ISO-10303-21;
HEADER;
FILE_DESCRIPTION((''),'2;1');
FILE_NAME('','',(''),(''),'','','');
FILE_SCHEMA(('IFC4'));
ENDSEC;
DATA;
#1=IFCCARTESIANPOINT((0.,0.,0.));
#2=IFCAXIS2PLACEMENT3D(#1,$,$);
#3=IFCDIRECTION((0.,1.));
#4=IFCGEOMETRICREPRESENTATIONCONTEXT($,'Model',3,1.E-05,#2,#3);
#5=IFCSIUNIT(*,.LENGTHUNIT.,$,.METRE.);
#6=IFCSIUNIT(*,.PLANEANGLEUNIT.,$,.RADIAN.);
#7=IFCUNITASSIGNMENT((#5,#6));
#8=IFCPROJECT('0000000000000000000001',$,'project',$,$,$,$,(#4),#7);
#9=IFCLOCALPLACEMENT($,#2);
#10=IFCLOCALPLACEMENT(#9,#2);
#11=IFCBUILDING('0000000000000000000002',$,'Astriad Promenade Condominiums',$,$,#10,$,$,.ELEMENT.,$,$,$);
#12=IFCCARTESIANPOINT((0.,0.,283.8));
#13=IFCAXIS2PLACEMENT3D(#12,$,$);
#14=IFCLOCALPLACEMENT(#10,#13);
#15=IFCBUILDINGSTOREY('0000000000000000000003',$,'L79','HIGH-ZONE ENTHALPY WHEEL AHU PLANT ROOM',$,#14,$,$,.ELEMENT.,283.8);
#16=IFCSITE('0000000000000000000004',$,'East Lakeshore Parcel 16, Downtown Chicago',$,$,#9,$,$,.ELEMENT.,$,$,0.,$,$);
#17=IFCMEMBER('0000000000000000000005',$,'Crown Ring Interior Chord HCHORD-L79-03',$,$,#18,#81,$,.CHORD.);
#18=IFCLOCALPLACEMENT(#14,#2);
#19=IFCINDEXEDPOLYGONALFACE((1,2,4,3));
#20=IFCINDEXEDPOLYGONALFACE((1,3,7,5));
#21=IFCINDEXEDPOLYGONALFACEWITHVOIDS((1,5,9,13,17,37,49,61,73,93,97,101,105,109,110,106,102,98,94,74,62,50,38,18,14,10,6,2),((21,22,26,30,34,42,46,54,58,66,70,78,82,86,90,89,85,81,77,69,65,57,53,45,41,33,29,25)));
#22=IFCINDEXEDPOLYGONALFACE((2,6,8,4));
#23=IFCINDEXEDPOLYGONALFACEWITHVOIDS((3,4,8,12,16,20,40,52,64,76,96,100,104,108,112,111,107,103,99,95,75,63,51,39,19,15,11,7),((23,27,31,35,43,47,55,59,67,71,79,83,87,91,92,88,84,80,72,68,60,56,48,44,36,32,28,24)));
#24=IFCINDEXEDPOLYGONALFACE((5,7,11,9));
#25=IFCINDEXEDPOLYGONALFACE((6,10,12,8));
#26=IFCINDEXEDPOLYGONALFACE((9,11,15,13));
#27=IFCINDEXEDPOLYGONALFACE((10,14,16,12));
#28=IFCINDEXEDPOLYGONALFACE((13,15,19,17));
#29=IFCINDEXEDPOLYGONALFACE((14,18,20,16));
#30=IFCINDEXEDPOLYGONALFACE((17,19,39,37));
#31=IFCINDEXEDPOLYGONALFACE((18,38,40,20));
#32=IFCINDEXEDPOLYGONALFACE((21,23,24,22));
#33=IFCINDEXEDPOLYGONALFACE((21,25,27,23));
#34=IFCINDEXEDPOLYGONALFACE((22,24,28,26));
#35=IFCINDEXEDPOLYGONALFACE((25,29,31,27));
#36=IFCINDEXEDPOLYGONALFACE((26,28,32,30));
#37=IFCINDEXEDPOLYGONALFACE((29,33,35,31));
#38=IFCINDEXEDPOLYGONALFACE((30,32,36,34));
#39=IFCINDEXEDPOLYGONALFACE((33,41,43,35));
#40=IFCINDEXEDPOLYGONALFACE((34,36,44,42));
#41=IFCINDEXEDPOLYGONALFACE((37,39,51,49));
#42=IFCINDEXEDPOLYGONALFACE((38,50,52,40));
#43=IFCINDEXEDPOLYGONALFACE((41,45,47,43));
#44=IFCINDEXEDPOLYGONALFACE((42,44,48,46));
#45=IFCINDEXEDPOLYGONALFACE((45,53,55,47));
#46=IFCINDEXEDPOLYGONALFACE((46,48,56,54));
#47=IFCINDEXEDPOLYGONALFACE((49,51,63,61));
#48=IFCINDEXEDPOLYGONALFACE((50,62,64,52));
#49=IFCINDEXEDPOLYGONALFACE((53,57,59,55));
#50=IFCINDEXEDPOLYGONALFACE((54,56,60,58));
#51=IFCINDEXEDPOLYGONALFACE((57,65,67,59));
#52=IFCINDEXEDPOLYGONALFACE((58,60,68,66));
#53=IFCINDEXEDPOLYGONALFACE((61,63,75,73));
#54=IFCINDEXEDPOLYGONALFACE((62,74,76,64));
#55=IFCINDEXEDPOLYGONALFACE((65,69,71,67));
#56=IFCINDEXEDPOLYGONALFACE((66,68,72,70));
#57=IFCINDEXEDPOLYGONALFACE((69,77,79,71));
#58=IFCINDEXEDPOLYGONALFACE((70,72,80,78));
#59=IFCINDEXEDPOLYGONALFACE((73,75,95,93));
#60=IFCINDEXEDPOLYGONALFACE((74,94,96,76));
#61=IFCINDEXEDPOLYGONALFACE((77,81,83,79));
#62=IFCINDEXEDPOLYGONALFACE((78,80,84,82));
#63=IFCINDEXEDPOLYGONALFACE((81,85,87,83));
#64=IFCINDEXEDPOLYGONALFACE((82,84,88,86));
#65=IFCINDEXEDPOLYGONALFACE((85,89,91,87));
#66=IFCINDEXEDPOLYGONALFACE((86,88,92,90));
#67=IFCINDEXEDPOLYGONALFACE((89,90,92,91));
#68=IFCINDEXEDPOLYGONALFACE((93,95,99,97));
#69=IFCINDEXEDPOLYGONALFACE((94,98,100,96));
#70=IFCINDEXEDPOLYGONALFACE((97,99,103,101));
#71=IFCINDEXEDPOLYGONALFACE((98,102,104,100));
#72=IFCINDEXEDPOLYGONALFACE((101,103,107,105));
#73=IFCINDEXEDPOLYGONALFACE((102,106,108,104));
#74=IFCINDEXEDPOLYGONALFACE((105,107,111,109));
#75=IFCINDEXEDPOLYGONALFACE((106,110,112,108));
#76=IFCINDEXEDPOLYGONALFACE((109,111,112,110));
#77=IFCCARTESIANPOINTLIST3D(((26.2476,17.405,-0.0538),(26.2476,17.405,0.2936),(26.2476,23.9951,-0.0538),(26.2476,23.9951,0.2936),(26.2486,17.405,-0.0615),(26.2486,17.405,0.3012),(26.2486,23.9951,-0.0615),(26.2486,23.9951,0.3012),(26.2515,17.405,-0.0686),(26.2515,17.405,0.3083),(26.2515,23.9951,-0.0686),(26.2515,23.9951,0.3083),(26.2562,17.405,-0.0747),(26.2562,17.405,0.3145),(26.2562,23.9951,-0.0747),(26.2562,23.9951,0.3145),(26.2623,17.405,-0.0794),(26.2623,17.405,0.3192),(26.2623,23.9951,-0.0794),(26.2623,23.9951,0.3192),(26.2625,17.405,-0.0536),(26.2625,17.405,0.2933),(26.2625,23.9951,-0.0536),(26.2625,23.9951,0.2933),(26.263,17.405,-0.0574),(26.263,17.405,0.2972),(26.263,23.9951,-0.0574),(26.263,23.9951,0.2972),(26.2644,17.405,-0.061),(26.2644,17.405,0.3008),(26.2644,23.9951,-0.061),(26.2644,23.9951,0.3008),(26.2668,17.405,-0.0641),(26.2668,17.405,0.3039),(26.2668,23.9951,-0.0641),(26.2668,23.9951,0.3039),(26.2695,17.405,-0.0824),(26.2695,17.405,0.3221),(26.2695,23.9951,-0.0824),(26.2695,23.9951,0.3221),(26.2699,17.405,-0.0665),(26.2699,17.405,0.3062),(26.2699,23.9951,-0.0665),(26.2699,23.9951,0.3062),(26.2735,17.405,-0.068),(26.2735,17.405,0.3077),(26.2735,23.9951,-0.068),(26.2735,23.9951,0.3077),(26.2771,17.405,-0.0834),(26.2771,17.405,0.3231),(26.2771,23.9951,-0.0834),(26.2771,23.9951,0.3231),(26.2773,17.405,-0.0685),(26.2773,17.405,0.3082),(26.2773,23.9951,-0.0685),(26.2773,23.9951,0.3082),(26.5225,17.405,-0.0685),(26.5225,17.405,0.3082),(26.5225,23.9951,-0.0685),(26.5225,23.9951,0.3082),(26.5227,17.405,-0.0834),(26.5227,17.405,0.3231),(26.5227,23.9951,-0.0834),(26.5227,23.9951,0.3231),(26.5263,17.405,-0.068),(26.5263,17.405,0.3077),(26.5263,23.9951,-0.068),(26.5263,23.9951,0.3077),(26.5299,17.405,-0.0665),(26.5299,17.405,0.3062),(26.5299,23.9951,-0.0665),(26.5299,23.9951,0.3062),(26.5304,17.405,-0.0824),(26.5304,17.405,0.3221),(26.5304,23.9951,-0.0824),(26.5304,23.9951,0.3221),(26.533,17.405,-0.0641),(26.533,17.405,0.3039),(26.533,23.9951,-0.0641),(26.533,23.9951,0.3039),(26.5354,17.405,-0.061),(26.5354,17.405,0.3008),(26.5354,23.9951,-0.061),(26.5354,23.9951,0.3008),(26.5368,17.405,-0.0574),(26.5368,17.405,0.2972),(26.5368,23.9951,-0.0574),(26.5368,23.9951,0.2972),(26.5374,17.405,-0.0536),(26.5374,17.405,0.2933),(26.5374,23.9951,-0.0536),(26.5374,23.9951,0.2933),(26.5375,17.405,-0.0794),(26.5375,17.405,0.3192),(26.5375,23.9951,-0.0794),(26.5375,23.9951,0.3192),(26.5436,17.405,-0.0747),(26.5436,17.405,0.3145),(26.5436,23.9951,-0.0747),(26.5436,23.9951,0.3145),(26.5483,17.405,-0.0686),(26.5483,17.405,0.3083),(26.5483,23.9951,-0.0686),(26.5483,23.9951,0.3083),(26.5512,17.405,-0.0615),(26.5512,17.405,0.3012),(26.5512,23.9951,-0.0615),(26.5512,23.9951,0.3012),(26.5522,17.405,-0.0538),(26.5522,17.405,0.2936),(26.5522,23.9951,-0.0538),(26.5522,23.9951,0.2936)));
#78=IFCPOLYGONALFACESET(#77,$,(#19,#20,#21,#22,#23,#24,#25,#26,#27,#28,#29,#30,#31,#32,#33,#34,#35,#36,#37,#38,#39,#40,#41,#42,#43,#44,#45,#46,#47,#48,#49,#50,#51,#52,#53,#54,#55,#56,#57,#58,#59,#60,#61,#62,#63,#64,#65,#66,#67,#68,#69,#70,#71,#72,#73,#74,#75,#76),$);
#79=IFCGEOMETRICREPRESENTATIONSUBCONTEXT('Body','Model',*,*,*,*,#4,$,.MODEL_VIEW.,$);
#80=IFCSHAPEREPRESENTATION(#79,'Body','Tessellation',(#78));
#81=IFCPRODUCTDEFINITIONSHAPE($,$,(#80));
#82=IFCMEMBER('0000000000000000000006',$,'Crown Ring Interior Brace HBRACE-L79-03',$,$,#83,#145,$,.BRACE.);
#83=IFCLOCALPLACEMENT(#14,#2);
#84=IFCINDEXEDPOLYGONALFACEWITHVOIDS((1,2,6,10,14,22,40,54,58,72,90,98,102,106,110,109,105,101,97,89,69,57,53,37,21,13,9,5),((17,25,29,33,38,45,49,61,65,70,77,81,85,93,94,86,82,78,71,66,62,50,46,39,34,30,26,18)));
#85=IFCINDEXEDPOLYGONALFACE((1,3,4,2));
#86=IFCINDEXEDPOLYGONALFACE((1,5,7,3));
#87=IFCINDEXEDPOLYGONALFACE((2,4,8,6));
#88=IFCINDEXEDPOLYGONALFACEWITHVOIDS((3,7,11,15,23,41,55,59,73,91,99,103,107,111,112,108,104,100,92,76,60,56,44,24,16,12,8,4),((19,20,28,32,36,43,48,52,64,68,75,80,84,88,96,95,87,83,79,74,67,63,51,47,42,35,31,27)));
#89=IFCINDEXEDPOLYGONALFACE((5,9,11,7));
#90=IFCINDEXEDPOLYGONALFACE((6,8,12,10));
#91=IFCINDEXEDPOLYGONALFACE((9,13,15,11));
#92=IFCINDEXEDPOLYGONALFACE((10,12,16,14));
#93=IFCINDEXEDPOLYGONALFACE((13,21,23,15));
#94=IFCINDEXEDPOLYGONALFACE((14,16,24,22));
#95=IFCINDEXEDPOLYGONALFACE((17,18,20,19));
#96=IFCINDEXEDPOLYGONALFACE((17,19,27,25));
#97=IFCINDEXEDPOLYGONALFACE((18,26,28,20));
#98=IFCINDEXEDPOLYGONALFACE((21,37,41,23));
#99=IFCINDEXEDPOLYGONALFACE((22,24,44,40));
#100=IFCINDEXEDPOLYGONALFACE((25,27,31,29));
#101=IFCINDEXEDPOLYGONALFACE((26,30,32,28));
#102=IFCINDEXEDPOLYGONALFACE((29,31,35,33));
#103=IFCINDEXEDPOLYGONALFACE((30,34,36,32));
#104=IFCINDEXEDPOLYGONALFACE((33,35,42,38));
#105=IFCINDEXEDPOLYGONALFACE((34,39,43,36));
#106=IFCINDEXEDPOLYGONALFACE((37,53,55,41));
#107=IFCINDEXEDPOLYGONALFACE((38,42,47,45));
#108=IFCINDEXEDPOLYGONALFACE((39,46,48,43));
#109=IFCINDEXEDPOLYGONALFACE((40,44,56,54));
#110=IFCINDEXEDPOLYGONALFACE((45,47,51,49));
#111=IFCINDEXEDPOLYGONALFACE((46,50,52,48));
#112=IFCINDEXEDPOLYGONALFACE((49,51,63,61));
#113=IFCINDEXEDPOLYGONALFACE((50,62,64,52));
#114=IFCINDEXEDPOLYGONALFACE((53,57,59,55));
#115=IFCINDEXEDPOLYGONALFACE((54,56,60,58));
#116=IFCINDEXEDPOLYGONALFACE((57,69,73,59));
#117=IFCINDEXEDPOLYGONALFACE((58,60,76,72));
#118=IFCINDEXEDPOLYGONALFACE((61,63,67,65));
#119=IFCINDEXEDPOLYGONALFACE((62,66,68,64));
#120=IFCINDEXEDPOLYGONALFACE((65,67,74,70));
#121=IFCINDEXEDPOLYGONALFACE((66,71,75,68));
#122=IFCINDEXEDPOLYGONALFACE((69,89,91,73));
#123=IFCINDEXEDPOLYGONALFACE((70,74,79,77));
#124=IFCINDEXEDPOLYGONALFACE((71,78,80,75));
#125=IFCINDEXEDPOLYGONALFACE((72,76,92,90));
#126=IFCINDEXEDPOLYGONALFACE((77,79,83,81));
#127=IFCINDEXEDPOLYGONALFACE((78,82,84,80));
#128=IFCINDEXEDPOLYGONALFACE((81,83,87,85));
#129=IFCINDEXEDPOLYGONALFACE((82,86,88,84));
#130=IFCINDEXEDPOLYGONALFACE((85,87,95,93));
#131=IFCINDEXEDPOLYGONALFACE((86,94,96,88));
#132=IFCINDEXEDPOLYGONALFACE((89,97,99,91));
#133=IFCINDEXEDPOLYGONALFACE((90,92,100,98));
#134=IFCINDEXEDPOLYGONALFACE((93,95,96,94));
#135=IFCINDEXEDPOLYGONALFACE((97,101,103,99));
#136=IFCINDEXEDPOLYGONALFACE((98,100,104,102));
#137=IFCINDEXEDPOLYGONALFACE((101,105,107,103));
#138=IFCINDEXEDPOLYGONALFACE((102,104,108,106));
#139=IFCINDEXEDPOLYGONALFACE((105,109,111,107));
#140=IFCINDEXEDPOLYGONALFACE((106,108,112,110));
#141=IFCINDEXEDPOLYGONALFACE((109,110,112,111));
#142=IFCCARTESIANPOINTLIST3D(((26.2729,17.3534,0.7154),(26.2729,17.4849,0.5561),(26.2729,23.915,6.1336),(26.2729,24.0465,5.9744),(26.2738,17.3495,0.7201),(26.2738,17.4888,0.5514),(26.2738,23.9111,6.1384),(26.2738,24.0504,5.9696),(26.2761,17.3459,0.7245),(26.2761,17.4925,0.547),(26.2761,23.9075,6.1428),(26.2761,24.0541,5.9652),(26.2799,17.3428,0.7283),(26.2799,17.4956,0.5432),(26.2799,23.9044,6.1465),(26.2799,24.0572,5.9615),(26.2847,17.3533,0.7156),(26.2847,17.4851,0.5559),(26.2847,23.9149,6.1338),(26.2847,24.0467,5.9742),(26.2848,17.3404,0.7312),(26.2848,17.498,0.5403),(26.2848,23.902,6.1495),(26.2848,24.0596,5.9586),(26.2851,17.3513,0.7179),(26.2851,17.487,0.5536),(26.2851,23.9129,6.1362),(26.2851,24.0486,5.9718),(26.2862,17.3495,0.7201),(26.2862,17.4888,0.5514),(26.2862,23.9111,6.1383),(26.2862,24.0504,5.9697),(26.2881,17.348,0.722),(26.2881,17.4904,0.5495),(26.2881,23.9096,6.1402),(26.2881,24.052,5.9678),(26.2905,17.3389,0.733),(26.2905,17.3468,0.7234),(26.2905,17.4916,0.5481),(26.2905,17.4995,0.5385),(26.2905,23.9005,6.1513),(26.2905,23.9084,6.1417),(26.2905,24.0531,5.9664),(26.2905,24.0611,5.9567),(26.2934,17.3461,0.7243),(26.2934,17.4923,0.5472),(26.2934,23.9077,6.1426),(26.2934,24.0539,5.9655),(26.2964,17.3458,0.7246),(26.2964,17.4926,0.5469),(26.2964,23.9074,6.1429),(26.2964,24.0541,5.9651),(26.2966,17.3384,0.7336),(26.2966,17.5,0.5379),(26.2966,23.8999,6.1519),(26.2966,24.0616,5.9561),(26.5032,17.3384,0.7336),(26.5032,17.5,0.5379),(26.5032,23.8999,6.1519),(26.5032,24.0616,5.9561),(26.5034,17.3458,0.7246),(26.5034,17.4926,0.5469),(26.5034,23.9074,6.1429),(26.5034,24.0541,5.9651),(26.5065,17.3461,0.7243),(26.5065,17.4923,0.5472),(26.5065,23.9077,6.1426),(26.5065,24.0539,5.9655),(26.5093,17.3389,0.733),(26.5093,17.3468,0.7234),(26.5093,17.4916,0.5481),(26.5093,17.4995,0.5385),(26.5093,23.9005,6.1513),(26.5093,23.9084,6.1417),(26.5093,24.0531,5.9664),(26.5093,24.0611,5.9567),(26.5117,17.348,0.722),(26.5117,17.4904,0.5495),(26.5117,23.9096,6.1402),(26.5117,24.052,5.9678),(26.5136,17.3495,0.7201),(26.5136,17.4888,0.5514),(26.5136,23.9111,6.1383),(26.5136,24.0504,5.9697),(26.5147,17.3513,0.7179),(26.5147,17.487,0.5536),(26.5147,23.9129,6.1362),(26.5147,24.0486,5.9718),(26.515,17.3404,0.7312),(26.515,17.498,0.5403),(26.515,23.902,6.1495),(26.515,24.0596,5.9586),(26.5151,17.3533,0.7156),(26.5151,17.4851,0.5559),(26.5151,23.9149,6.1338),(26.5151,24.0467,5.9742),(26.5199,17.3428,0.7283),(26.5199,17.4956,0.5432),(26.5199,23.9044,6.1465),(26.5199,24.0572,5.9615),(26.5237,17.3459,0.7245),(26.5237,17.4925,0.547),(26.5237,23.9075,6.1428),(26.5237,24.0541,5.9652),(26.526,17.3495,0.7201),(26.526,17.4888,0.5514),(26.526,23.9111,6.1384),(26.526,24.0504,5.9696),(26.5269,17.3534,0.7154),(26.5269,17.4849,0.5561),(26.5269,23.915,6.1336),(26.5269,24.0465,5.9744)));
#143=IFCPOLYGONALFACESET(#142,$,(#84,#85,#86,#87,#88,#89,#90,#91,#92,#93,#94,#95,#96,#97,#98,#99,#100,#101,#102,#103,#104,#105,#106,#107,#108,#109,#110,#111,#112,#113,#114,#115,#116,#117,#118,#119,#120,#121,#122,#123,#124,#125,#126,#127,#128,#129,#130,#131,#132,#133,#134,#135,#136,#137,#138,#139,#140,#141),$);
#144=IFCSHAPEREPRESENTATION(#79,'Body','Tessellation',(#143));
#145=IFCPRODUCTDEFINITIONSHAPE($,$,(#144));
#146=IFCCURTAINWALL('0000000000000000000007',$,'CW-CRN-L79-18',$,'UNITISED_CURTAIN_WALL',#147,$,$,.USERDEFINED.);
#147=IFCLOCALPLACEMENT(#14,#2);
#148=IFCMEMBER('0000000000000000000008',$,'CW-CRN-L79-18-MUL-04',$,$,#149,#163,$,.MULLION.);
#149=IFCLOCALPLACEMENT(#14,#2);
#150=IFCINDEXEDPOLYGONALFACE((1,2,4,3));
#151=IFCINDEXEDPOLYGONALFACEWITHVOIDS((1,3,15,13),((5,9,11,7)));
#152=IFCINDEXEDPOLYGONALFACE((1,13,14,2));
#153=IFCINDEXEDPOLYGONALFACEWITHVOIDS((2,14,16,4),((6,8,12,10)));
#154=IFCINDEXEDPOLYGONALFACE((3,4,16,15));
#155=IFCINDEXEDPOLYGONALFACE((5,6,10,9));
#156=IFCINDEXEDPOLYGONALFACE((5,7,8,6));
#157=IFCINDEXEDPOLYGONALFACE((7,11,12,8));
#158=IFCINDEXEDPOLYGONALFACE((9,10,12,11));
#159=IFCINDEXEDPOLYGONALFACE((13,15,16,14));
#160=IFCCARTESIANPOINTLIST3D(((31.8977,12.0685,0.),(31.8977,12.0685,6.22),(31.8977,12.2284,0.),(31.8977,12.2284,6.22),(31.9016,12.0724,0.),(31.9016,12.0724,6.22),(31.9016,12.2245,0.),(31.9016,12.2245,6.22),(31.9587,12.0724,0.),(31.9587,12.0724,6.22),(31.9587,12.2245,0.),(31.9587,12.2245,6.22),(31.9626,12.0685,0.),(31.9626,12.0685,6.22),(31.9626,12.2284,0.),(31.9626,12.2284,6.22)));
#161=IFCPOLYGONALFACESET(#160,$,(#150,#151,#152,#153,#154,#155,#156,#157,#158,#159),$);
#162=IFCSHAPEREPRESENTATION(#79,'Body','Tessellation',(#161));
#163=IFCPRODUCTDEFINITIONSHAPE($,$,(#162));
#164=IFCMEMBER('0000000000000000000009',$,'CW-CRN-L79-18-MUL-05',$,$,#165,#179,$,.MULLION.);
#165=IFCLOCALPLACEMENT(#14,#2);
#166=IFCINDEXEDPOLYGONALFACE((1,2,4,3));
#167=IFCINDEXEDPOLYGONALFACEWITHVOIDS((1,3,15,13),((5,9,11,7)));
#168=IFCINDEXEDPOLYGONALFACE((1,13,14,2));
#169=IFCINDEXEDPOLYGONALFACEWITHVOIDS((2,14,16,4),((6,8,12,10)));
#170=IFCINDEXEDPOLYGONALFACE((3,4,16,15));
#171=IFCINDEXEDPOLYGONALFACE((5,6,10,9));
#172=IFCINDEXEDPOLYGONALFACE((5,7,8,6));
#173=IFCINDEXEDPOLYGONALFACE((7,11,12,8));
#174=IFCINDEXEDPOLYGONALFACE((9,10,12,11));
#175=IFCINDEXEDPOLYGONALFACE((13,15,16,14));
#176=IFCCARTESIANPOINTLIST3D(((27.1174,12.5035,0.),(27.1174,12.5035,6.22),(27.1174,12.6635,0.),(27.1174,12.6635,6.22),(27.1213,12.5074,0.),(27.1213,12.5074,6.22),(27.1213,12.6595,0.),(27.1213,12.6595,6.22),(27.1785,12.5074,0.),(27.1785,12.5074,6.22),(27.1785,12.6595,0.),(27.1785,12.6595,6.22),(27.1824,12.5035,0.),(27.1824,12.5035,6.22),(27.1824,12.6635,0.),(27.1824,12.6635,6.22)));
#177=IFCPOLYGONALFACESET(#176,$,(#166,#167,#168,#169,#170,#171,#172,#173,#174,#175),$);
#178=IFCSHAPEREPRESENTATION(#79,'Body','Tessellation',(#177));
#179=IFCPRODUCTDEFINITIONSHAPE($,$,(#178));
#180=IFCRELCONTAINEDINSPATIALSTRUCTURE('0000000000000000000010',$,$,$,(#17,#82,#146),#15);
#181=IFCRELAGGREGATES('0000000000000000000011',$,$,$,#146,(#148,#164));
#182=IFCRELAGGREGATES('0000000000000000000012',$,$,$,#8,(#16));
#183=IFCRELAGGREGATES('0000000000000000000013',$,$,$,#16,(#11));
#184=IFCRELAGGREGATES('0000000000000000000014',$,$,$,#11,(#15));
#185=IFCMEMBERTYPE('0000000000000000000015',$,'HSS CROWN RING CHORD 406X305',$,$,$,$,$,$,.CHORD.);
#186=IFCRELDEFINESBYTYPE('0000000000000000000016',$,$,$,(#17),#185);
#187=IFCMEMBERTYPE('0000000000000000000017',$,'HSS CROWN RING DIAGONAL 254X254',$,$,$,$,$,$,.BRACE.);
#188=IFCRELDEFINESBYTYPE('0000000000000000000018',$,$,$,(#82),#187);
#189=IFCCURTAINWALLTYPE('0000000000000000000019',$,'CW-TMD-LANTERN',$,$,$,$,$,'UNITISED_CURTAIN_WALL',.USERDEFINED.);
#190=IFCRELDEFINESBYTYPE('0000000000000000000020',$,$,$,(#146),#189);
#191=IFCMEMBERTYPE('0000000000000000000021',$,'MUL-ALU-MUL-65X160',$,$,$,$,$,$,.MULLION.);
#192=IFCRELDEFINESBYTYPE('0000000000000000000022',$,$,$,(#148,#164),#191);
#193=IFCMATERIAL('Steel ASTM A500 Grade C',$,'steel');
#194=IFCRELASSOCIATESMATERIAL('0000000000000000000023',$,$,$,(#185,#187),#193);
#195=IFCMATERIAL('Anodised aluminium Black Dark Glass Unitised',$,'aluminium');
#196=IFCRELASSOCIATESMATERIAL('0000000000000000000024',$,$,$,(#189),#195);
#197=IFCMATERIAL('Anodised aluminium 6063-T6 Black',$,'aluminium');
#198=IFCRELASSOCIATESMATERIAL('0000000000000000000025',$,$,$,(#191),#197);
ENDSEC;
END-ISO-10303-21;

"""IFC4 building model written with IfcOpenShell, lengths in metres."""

from ifc_helpers import new_model, si_unit, direction, frame, origin, origin_2d, place, context, subcontext, project, spatial, hollow_rectangle, extrude, source, transform, mapped, material, material_profile, profile_set, type_object, type_shapes, element, aggregate, save


model = new_model("IFC4")

# Units and contexts
model_context = context("Model", 3, precision=1e-05, world=origin(), true_north=direction((0.0, 1.0)))
body_context = subcontext(model_context, "Body", "Model", "MODEL_VIEW")
ifc_project = project(units=[si_unit("LENGTHUNIT", "METRE"), si_unit("PLANEANGLEUNIT", "RADIAN")], contexts=[model_context])

# Site, building, storey
site_placement = place(None, origin())
site = spatial("IfcSite", under=ifc_project, at=site_placement, Name="East Lakeshore Parcel 16, Downtown Chicago", CompositionType="ELEMENT", RefElevation=0.0)
building_placement = place(site_placement, origin())
building = spatial("IfcBuilding", under=site, at=building_placement, Name="Astriad Promenade Condominiums", CompositionType="ELEMENT")
storey_placement = place(building_placement, frame((0.0, 0.0, 283.8)))
storey = spatial("IfcBuildingStorey", under=building, at=storey_placement, Name="L79", Description="HIGH-ZONE ENTHALPY WHEEL AHU PLANT ROOM", CompositionType="ELEMENT", Elevation=283.8)

# Members
ifc_material_1 = material(Name="Steel ASTM A500 Grade C", Category="steel")
ifc_material_profile_1 = material_profile(ifc_material_1, hollow_rectangle(XDim=0.3047, YDim=0.4065, WallThickness=0.0149, InnerFilletRadius=0.0149, OuterFilletRadius=0.0295, at=origin_2d()), Name="HSS406X305X15.9")
ifc_profile_set_1 = profile_set([ifc_material_profile_1], Name="Steel ASTM A500 Grade C")
member_type_1 = type_object("IfcMemberType", Name="HSS CROWN RING CHORD 406X305", PredefinedType="CHORD", material=ifc_profile_set_1)
shared_shape_1 = source(origin(), body_context, "Body", "SweptSolid", [
    extrude(hollow_rectangle(XDim=0.3047, YDim=0.4065, WallThickness=0.0149, InnerFilletRadius=0.0149, OuterFilletRadius=0.0295, at=origin_2d()), origin(), (0.0, 0.0, 1.0), 6.5901),
])
type_shapes(member_type_1, [shared_shape_1])
member_1_placement = place(storey_placement, frame((26.3999, 17.405, 0.1199), z_axis=(0.0, 1.0, 0.0), x_axis=(-1.0, 0.0, 0.0)))
element("IfcMember", 1, at=member_1_placement, inside=storey, type_object=member_type_1, Name="Crown Ring Interior Chord HCHORD-L79-03", PredefinedType="CHORD", context=body_context, shape_type="MappedRepresentation", body=[
    mapped(shared_shape_1, transform((0.0, 0.0, 0.0), scale=1.0)),
])
ifc_material_profile_2 = material_profile(ifc_material_1, hollow_rectangle(XDim=0.2539, YDim=0.2539, WallThickness=0.0117, InnerFilletRadius=0.0117, OuterFilletRadius=0.0237, at=origin_2d()), Name="HSS254X254X12.7")
ifc_profile_set_2 = profile_set([ifc_material_profile_2], Name="Steel ASTM A500 Grade C")
member_type_2 = type_object("IfcMemberType", Name="HSS CROWN RING DIAGONAL 254X254", PredefinedType="BRACE", material=ifc_profile_set_2)
shared_shape_2 = source(origin(), body_context, "Body", "SweptSolid", [
    extrude(hollow_rectangle(XDim=0.2539, YDim=0.2539, WallThickness=0.0117, InnerFilletRadius=0.0117, OuterFilletRadius=0.0237, at=origin_2d()), origin(), (0.0, 0.0, 1.0), 8.5095),
])
type_shapes(member_type_2, [shared_shape_2])
member_2_placement = place(storey_placement, frame((26.3999, 17.4192, 0.6357), z_axis=(0.0, 0.771087, 0.636729), x_axis=(-1.0, 0.0, 0.0)))
element("IfcMember", 2, at=member_2_placement, inside=storey, type_object=member_type_2, Name="Crown Ring Interior Brace HBRACE-L79-03", PredefinedType="BRACE", context=body_context, shape_type="MappedRepresentation", body=[
    mapped(shared_shape_2, transform((0.0, 0.0, 0.0), scale=1.0)),
])

# Curtain wall, members
ifc_material_2 = material(Name="Anodised aluminium Black Dark Glass Unitised", Category="aluminium")
curtain_wall_type = type_object("IfcCurtainWallType", Name="CW-TMD-LANTERN", ElementType="UNITISED_CURTAIN_WALL", PredefinedType="USERDEFINED", material=ifc_material_2)
curtain_wall_placement = place(storey_placement, origin())
curtain_wall = element("IfcCurtainWall", 3, at=curtain_wall_placement, inside=storey, type_object=curtain_wall_type, Name="CW-CRN-L79-18", ObjectType="UNITISED_CURTAIN_WALL", PredefinedType="USERDEFINED")
ifc_material_3 = material(Name="Anodised aluminium 6063-T6 Black", Category="aluminium")
ifc_material_profile_3 = material_profile(ifc_material_3, hollow_rectangle(XDim=0.0649, YDim=0.1599, WallThickness=0.0039, at=origin_2d()), Name="ALU-MUL-65X160")
ifc_profile_set_3 = profile_set([ifc_material_profile_3], Name="Anodised aluminium 6063-T6 Black")
member_type_3 = type_object("IfcMemberType", Name="MUL-ALU-MUL-65X160", PredefinedType="MULLION", material=ifc_profile_set_3)
shared_shape_3 = source(origin(), body_context, "Body", "SweptSolid", [
    extrude(hollow_rectangle(XDim=0.0649, YDim=0.1599, WallThickness=0.0039, at=origin_2d()), origin(), (0.0, 0.0, 1.0), 6.22),
])
type_shapes(member_type_3, [shared_shape_3])
member_3_placement = place(storey_placement, frame((31.9302, 12.1484, 0.0), z_axis=(0.0, 0.0, 1.0), x_axis=(1.0, 0.0, 0.0)))
member_3 = element("IfcMember", 4, at=member_3_placement, type_object=member_type_3, Name="CW-CRN-L79-18-MUL-04", PredefinedType="MULLION", context=body_context, shape_type="MappedRepresentation", body=[
    mapped(shared_shape_3, transform((0.0, 0.0, 0.0), scale=1.0)),
])
member_4_placement = place(storey_placement, frame((27.1499, 12.5835, 0.0), z_axis=(0.0, 0.0, 1.0), x_axis=(1.0, 0.0, 0.0)))
member_4 = element("IfcMember", 5, at=member_4_placement, type_object=member_type_3, Name="CW-CRN-L79-18-MUL-05", PredefinedType="MULLION", context=body_context, shape_type="MappedRepresentation", body=[
    mapped(shared_shape_3, transform((0.0, 0.0, 0.0), scale=1.0)),
])

aggregate(curtain_wall, [member_3, member_4])

save(model, "model.ifc")
